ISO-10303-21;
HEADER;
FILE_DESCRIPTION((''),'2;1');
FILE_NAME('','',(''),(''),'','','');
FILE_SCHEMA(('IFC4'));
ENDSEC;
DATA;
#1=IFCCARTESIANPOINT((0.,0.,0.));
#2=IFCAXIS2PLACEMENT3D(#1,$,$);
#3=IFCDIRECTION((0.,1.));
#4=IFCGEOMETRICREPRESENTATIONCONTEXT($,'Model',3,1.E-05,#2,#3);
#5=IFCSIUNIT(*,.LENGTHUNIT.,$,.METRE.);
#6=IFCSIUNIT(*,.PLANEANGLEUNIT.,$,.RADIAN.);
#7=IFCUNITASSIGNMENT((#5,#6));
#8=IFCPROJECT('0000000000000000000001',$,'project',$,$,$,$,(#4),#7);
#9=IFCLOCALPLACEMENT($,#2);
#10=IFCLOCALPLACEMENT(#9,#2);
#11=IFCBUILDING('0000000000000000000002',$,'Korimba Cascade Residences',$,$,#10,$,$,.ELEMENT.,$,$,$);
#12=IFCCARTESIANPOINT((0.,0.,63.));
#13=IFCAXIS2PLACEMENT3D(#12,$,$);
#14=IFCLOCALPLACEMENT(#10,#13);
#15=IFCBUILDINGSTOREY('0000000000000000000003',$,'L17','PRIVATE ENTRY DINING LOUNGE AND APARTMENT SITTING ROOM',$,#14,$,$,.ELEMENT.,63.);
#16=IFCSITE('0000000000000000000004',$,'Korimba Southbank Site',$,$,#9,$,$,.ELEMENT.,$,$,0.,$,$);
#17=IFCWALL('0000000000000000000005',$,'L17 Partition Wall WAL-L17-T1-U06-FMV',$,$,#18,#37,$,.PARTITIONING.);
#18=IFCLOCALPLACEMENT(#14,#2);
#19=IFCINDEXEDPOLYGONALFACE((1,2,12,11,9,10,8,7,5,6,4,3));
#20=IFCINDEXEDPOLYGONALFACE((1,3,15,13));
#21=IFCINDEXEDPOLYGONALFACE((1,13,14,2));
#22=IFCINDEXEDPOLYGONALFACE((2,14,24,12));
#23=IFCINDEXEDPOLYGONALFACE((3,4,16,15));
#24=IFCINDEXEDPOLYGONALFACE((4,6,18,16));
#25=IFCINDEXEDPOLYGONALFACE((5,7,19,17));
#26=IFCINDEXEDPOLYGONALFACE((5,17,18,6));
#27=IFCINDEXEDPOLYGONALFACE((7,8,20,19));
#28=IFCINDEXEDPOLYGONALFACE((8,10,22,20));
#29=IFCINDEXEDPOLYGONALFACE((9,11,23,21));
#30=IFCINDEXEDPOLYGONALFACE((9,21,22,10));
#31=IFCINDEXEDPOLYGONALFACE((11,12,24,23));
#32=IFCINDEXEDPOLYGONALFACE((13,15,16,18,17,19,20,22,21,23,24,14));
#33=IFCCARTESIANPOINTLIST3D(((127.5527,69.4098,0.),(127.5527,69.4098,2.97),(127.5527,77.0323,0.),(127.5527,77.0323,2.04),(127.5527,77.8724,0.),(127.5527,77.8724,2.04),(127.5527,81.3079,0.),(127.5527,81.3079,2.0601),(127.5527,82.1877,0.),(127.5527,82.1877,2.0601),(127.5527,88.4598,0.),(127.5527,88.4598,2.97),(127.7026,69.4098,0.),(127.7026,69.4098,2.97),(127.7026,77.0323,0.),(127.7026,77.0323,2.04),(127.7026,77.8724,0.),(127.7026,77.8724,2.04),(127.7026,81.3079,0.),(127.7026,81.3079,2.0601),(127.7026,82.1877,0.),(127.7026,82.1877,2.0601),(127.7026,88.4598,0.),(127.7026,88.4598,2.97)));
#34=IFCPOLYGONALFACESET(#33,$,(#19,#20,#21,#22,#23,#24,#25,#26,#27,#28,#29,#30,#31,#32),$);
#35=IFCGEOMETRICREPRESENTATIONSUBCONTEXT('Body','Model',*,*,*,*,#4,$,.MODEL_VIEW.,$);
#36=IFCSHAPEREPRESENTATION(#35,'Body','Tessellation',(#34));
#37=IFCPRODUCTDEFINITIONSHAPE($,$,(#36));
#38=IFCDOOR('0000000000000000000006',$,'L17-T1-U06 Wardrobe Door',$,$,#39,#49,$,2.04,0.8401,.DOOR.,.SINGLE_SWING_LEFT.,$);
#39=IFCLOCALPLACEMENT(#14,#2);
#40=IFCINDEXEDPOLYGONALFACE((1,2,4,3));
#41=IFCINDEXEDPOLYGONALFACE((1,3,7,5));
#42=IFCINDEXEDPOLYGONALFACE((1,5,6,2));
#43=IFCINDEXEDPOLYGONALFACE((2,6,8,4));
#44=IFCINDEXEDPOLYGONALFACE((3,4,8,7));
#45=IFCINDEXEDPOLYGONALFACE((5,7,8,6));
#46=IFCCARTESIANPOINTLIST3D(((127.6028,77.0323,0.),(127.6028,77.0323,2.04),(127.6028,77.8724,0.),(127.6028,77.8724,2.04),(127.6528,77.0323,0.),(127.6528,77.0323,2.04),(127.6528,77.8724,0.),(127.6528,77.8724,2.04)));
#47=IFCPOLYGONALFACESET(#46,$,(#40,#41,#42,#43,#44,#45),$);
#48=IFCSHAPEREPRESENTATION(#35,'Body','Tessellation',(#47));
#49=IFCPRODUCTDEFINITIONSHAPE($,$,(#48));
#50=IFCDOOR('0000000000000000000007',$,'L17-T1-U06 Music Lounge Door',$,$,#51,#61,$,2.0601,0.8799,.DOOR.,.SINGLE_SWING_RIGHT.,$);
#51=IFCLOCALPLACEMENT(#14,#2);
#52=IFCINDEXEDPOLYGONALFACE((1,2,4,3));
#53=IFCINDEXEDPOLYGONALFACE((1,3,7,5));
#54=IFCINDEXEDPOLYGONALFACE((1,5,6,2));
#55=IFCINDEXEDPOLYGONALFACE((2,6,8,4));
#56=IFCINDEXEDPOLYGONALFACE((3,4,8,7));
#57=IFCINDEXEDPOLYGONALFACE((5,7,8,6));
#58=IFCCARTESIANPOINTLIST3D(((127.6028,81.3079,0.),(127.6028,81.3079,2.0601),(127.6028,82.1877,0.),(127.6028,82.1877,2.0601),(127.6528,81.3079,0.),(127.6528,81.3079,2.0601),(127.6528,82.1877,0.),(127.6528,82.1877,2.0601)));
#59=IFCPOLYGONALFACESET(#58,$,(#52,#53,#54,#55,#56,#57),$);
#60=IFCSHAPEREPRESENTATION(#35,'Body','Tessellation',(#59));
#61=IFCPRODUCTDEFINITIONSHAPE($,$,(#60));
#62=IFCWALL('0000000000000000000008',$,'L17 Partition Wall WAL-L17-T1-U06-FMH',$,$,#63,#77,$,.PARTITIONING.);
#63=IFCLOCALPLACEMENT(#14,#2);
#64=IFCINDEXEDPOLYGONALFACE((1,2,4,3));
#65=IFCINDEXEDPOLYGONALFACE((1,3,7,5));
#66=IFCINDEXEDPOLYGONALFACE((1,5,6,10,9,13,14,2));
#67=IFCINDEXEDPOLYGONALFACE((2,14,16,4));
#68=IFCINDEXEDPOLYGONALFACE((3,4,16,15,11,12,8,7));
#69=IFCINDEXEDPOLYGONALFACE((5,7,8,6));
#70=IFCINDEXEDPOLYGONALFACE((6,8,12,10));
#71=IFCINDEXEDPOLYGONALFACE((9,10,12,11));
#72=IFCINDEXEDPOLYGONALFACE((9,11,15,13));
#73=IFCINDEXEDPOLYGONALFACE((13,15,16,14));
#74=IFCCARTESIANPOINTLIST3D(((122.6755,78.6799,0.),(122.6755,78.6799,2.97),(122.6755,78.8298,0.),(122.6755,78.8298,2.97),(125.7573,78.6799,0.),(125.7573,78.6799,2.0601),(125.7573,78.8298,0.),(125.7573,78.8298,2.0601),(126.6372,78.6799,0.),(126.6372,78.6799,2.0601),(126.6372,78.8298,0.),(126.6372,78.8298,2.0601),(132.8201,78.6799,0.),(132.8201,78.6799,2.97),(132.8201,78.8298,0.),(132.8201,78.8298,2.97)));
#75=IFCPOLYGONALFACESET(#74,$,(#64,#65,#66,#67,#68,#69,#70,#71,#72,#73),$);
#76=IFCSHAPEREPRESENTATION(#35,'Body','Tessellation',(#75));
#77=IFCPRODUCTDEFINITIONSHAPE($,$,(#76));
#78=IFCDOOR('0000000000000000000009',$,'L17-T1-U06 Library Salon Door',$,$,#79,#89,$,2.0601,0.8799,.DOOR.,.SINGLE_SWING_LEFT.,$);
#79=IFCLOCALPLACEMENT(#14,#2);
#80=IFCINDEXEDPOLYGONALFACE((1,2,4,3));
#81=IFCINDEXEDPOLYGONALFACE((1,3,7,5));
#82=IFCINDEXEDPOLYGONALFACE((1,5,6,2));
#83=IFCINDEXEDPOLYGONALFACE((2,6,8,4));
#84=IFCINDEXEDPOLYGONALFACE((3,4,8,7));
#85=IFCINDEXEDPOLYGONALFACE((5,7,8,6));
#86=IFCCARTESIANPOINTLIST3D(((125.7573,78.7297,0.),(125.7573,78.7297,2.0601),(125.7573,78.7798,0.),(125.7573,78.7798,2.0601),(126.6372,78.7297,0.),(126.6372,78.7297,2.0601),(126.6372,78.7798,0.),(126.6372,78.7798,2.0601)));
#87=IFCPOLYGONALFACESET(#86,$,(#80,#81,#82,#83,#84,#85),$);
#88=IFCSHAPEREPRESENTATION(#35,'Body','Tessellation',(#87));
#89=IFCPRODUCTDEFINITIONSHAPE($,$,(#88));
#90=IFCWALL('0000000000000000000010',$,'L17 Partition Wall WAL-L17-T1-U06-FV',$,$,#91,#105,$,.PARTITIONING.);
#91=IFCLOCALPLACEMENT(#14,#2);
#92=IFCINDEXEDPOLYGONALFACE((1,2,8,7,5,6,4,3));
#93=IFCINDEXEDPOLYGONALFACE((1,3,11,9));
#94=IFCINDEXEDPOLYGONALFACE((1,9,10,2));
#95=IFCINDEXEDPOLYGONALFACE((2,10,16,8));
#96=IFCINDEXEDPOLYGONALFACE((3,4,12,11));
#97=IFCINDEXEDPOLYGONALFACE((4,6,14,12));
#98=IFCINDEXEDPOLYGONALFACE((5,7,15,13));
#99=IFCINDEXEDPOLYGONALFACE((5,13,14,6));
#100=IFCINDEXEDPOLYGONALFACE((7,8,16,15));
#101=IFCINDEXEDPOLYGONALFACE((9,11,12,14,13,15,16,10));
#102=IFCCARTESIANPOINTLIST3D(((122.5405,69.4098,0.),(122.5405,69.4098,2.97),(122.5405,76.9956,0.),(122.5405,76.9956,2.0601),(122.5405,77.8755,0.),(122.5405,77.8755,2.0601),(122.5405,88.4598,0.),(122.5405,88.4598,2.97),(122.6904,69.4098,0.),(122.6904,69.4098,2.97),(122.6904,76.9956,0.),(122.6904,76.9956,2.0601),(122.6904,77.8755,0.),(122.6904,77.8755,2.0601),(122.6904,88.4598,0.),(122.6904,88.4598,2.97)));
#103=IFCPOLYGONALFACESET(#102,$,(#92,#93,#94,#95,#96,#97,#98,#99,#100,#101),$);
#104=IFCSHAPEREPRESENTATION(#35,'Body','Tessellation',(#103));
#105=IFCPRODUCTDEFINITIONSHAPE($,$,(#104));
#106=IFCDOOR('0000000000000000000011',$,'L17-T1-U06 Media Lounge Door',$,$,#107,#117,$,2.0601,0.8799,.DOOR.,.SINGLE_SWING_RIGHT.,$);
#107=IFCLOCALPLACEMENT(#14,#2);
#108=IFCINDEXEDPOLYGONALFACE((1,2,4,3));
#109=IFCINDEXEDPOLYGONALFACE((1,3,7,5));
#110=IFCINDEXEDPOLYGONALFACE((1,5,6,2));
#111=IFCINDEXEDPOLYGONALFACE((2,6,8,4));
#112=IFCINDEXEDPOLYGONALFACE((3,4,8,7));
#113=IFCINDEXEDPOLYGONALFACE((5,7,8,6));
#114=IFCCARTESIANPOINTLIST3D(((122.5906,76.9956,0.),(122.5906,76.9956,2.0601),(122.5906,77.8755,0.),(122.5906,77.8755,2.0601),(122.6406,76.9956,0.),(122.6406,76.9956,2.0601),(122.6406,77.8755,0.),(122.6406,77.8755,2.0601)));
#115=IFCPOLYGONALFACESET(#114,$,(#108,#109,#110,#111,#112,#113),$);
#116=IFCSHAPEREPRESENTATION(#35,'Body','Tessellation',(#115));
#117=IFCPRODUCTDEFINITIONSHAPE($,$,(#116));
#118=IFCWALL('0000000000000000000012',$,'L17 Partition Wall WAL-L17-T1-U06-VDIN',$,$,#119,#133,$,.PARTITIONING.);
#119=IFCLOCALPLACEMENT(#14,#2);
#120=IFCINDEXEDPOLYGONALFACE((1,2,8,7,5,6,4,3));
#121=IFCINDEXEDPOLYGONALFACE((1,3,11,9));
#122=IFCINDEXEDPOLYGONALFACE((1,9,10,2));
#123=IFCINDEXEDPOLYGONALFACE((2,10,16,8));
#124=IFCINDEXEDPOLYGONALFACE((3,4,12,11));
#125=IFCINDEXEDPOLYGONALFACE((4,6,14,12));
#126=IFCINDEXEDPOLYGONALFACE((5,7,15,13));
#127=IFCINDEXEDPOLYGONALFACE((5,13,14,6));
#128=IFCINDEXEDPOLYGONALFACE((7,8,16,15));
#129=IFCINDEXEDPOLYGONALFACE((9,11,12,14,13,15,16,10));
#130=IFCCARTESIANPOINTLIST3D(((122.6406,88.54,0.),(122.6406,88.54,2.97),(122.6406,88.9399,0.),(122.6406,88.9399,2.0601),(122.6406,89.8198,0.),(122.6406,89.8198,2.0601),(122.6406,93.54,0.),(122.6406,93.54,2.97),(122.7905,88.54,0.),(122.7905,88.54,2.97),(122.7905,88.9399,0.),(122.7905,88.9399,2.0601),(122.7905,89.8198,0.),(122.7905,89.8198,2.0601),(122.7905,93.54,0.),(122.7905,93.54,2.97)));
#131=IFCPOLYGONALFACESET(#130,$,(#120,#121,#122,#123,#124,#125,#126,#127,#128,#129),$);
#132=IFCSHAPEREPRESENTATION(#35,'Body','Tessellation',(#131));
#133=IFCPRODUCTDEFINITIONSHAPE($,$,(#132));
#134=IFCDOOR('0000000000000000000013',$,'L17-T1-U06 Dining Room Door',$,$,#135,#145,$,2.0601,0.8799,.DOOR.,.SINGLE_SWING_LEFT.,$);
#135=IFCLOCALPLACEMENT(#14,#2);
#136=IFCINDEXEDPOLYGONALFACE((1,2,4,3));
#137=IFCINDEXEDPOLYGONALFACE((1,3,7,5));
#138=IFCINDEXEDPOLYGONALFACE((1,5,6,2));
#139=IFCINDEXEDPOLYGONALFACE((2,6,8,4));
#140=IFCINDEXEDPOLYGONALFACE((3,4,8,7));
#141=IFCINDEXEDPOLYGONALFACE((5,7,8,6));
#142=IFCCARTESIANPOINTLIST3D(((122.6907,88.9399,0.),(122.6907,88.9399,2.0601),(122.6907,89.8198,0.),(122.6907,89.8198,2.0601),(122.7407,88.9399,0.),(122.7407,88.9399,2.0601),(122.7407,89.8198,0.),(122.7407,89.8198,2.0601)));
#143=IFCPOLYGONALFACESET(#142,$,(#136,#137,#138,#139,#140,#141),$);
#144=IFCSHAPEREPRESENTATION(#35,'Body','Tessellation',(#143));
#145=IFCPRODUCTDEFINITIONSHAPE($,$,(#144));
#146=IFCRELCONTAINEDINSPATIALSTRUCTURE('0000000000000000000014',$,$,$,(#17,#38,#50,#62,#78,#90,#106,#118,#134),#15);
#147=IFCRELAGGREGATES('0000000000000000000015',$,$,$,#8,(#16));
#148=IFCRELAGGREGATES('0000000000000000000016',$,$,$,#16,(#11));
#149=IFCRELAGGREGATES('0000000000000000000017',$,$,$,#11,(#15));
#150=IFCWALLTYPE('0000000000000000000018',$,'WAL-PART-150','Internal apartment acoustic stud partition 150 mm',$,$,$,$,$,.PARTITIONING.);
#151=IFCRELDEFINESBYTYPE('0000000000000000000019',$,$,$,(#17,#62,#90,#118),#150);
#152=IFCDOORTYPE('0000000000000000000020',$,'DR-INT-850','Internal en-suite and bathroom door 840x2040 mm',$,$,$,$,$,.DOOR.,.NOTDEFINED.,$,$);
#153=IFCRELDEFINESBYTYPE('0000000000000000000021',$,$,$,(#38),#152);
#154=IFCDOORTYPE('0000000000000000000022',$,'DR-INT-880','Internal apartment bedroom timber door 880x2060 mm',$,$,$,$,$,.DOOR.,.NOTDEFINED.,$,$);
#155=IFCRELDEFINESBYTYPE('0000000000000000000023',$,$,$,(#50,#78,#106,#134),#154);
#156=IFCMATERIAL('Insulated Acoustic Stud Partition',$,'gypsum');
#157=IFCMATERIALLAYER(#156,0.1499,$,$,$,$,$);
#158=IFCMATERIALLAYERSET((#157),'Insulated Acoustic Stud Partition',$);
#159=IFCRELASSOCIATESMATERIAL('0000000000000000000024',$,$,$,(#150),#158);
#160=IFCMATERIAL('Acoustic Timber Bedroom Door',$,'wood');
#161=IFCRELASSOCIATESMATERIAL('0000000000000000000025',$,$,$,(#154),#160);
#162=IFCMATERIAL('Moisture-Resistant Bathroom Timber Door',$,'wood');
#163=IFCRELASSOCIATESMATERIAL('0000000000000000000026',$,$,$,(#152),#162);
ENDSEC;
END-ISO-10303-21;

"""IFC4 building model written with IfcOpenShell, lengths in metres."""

from ifc_helpers import new_model, si_unit, direction, frame, frame_2d, origin, place, context, subcontext, project, spatial, rectangle, extrude, material, layer, layer_set, type_object, element, fill, save


model = new_model("IFC4")

# Units and contexts
model_context = context("Model", 3, precision=1e-05, world=origin(), true_north=direction((0.0, 1.0)))
body_context = subcontext(model_context, "Body", "Model", "MODEL_VIEW")
ifc_project = project(units=[si_unit("LENGTHUNIT", "METRE"), si_unit("PLANEANGLEUNIT", "RADIAN")], contexts=[model_context])

# Site, building, storey
site_placement = place(None, origin())
site = spatial("IfcSite", under=ifc_project, at=site_placement, Name="Korimba Southbank Site", CompositionType="ELEMENT", RefElevation=0.0)
building_placement = place(site_placement, origin())
building = spatial("IfcBuilding", under=site, at=building_placement, Name="Korimba Cascade Residences", CompositionType="ELEMENT")
storey_placement = place(building_placement, frame((0.0, 0.0, 63.0)))
storey = spatial("IfcBuildingStorey", under=building, at=storey_placement, Name="L17", Description="PRIVATE ENTRY DINING LOUNGE AND APARTMENT SITTING ROOM", CompositionType="ELEMENT", Elevation=63.0)

# Shared definitions
ifc_material_1 = material(Name="Insulated Acoustic Stud Partition", Category="gypsum")
ifc_layer_1 = layer(ifc_material_1, 0.1499)
ifc_layer_set_1 = layer_set([ifc_layer_1], Name="Insulated Acoustic Stud Partition")
wall_type_1 = type_object("IfcWallType", Name="WAL-PART-150", Description="Internal apartment acoustic stud partition 150 mm", PredefinedType="PARTITIONING", material=ifc_layer_set_1)
ifc_material_2 = material(Name="Acoustic Timber Bedroom Door", Category="wood")
door_type_1 = type_object("IfcDoorType", Name="DR-INT-880", Description="Internal apartment bedroom timber door 880x2060 mm", OperationType="NOTDEFINED", PredefinedType="DOOR", material=ifc_material_2)

# Wall, openings, doors
wall_1_placement = place(storey_placement, frame((127.6277, 69.4099, 0.0), z_axis=(0.0, 0.0, 1.0), x_axis=(0.0, 1.0, 0.0)))
wall_1 = element("IfcWall", 1, at=wall_1_placement, inside=storey, type_object=wall_type_1, Name="L17 Partition Wall WAL-L17-T1-U06-FMV", PredefinedType="PARTITIONING", context=body_context, shape_type="SweptSolid", body=[
    extrude(rectangle(XDim=19.05, YDim=0.1499, at=frame_2d((9.5249, 0.0))), origin(), (0.0, 0.0, 1.0), 2.97),
])
opening_1_placement = place(wall_1_placement, frame((7.6226, 0.0, 0.0)))
opening_1 = element("IfcOpeningElement", 2, at=opening_1_placement, cuts=wall_1, PredefinedType="OPENING", context=body_context, shape_type="SweptSolid", body=[
    extrude(rectangle(XDim=0.8401, YDim=2.04, at=frame_2d((0.4199, 1.02))), frame((0.0, 0.085, 0.0), z_axis=(0.0, -1.0, 0.0), x_axis=(1.0, 0.0, 0.0)), (0.0, 0.0, 1.0), 0.1699),
])
opening_2_placement = place(wall_1_placement, frame((11.8979, 0.0, 0.0)))
opening_2 = element("IfcOpeningElement", 3, at=opening_2_placement, cuts=wall_1, PredefinedType="OPENING", context=body_context, shape_type="SweptSolid", body=[
    extrude(rectangle(XDim=0.8799, YDim=2.0601, at=frame_2d((0.4399, 1.03))), frame((0.0, 0.085, 0.0), z_axis=(0.0, -1.0, 0.0), x_axis=(1.0, 0.0, 0.0)), (0.0, 0.0, 1.0), 0.1699),
])
ifc_material_3 = material(Name="Moisture-Resistant Bathroom Timber Door", Category="wood")
door_type_2 = type_object("IfcDoorType", Name="DR-INT-850", Description="Internal en-suite and bathroom door 840x2040 mm", OperationType="NOTDEFINED", PredefinedType="DOOR", material=ifc_material_3)
door_1_placement = place(opening_1_placement, origin())
door_1 = element("IfcDoor", 4, at=door_1_placement, inside=storey, type_object=door_type_2, Name="L17-T1-U06 Wardrobe Door", OperationType="SINGLE_SWING_LEFT", OverallHeight=2.04, OverallWidth=0.8401, PredefinedType="DOOR", context=body_context, shape_type="SweptSolid", body=[
    extrude(rectangle(XDim=0.8401, YDim=2.04, at=frame_2d((0.4199, 1.02))), frame((0.0, 0.0249, 0.0), z_axis=(0.0, -1.0, 0.0), x_axis=(1.0, 0.0, 0.0)), (0.0, 0.0, 1.0), 0.05),
])
fill(opening_1, door_1)
door_2_placement = place(opening_2_placement, origin())
door_2 = element("IfcDoor", 5, at=door_2_placement, inside=storey, type_object=door_type_1, Name="L17-T1-U06 Music Lounge Door", OperationType="SINGLE_SWING_RIGHT", OverallHeight=2.0601, OverallWidth=0.8799, PredefinedType="DOOR", context=body_context, shape_type="SweptSolid", body=[
    extrude(rectangle(XDim=0.8799, YDim=2.0601, at=frame_2d((0.4399, 1.03))), frame((0.0, 0.0249, 0.0), z_axis=(0.0, -1.0, 0.0), x_axis=(1.0, 0.0, 0.0)), (0.0, 0.0, 1.0), 0.05),
])
fill(opening_2, door_2)

# Walls, openings, doors
wall_2_placement = place(storey_placement, frame((122.6755, 78.7549, 0.0), z_axis=(0.0, 0.0, 1.0), x_axis=(1.0, 0.0, 0.0)))
wall_2 = element("IfcWall", 6, at=wall_2_placement, inside=storey, type_object=wall_type_1, Name="L17 Partition Wall WAL-L17-T1-U06-FMH", PredefinedType="PARTITIONING", context=body_context, shape_type="SweptSolid", body=[
    extrude(rectangle(XDim=10.1445, YDim=0.1499, at=frame_2d((5.0723, 0.0))), origin(), (0.0, 0.0, 1.0), 2.97),
])
opening_3_placement = place(wall_2_placement, frame((3.0818, 0.0, 0.0)))
opening_3 = element("IfcOpeningElement", 7, at=opening_3_placement, cuts=wall_2, PredefinedType="OPENING", context=body_context, shape_type="SweptSolid", body=[
    extrude(rectangle(XDim=0.8799, YDim=2.0601, at=frame_2d((0.4399, 1.03))), frame((0.0, 0.085, 0.0), z_axis=(0.0, -1.0, 0.0), x_axis=(1.0, 0.0, 0.0)), (0.0, 0.0, 1.0), 0.1699),
])
door_3_placement = place(opening_3_placement, origin())
door_3 = element("IfcDoor", 8, at=door_3_placement, inside=storey, type_object=door_type_1, Name="L17-T1-U06 Library Salon Door", OperationType="SINGLE_SWING_LEFT", OverallHeight=2.0601, OverallWidth=0.8799, PredefinedType="DOOR", context=body_context, shape_type="SweptSolid", body=[
    extrude(rectangle(XDim=0.8799, YDim=2.0601, at=frame_2d((0.4399, 1.03))), frame((0.0, 0.0249, 0.0), z_axis=(0.0, -1.0, 0.0), x_axis=(1.0, 0.0, 0.0)), (0.0, 0.0, 1.0), 0.05),
])
fill(opening_3, door_3)
wall_3_placement = place(storey_placement, frame((122.6155, 69.4099, 0.0), z_axis=(0.0, 0.0, 1.0), x_axis=(0.0, 1.0, 0.0)))
wall_3 = element("IfcWall", 9, at=wall_3_placement, inside=storey, type_object=wall_type_1, Name="L17 Partition Wall WAL-L17-T1-U06-FV", PredefinedType="PARTITIONING", context=body_context, shape_type="SweptSolid", body=[
    extrude(rectangle(XDim=19.05, YDim=0.1499, at=frame_2d((9.5249, 0.0))), origin(), (0.0, 0.0, 1.0), 2.97),
])
opening_4_placement = place(wall_3_placement, frame((7.5857, 0.0, 0.0)))
opening_4 = element("IfcOpeningElement", 10, at=opening_4_placement, cuts=wall_3, PredefinedType="OPENING", context=body_context, shape_type="SweptSolid", body=[
    extrude(rectangle(XDim=0.8799, YDim=2.0601, at=frame_2d((0.4399, 1.03))), frame((0.0, 0.085, 0.0), z_axis=(0.0, -1.0, 0.0), x_axis=(1.0, 0.0, 0.0)), (0.0, 0.0, 1.0), 0.1699),
])
door_4_placement = place(opening_4_placement, origin())
door_4 = element("IfcDoor", 11, at=door_4_placement, inside=storey, type_object=door_type_1, Name="L17-T1-U06 Media Lounge Door", OperationType="SINGLE_SWING_RIGHT", OverallHeight=2.0601, OverallWidth=0.8799, PredefinedType="DOOR", context=body_context, shape_type="SweptSolid", body=[
    extrude(rectangle(XDim=0.8799, YDim=2.0601, at=frame_2d((0.4399, 1.03))), frame((0.0, 0.0249, 0.0), z_axis=(0.0, -1.0, 0.0), x_axis=(1.0, 0.0, 0.0)), (0.0, 0.0, 1.0), 0.05),
])
fill(opening_4, door_4)
wall_4_placement = place(storey_placement, frame((122.7156, 88.54, 0.0), z_axis=(0.0, 0.0, 1.0), x_axis=(0.0, 1.0, 0.0)))
wall_4 = element("IfcWall", 12, at=wall_4_placement, inside=storey, type_object=wall_type_1, Name="L17 Partition Wall WAL-L17-T1-U06-VDIN", PredefinedType="PARTITIONING", context=body_context, shape_type="SweptSolid", body=[
    extrude(rectangle(XDim=5.0, YDim=0.1499, at=frame_2d((2.5, 0.0))), origin(), (0.0, 0.0, 1.0), 2.97),
])
opening_5_placement = place(wall_4_placement, frame((0.3999, 0.0, 0.0)))
opening_5 = element("IfcOpeningElement", 13, at=opening_5_placement, cuts=wall_4, PredefinedType="OPENING", context=body_context, shape_type="SweptSolid", body=[
    extrude(rectangle(XDim=0.8799, YDim=2.0601, at=frame_2d((0.4399, 1.03))), frame((0.0, 0.085, 0.0), z_axis=(0.0, -1.0, 0.0), x_axis=(1.0, 0.0, 0.0)), (0.0, 0.0, 1.0), 0.1699),
])
door_5_placement = place(opening_5_placement, origin())
door_5 = element("IfcDoor", 14, at=door_5_placement, inside=storey, type_object=door_type_1, Name="L17-T1-U06 Dining Room Door", OperationType="SINGLE_SWING_LEFT", OverallHeight=2.0601, OverallWidth=0.8799, PredefinedType="DOOR", context=body_context, shape_type="SweptSolid", body=[
    extrude(rectangle(XDim=0.8799, YDim=2.0601, at=frame_2d((0.4399, 1.03))), frame((0.0, 0.0249, 0.0), z_axis=(0.0, -1.0, 0.0), x_axis=(1.0, 0.0, 0.0)), (0.0, 0.0, 1.0), 0.05),
])
fill(opening_5, door_5)

save(model, "model.ifc")
